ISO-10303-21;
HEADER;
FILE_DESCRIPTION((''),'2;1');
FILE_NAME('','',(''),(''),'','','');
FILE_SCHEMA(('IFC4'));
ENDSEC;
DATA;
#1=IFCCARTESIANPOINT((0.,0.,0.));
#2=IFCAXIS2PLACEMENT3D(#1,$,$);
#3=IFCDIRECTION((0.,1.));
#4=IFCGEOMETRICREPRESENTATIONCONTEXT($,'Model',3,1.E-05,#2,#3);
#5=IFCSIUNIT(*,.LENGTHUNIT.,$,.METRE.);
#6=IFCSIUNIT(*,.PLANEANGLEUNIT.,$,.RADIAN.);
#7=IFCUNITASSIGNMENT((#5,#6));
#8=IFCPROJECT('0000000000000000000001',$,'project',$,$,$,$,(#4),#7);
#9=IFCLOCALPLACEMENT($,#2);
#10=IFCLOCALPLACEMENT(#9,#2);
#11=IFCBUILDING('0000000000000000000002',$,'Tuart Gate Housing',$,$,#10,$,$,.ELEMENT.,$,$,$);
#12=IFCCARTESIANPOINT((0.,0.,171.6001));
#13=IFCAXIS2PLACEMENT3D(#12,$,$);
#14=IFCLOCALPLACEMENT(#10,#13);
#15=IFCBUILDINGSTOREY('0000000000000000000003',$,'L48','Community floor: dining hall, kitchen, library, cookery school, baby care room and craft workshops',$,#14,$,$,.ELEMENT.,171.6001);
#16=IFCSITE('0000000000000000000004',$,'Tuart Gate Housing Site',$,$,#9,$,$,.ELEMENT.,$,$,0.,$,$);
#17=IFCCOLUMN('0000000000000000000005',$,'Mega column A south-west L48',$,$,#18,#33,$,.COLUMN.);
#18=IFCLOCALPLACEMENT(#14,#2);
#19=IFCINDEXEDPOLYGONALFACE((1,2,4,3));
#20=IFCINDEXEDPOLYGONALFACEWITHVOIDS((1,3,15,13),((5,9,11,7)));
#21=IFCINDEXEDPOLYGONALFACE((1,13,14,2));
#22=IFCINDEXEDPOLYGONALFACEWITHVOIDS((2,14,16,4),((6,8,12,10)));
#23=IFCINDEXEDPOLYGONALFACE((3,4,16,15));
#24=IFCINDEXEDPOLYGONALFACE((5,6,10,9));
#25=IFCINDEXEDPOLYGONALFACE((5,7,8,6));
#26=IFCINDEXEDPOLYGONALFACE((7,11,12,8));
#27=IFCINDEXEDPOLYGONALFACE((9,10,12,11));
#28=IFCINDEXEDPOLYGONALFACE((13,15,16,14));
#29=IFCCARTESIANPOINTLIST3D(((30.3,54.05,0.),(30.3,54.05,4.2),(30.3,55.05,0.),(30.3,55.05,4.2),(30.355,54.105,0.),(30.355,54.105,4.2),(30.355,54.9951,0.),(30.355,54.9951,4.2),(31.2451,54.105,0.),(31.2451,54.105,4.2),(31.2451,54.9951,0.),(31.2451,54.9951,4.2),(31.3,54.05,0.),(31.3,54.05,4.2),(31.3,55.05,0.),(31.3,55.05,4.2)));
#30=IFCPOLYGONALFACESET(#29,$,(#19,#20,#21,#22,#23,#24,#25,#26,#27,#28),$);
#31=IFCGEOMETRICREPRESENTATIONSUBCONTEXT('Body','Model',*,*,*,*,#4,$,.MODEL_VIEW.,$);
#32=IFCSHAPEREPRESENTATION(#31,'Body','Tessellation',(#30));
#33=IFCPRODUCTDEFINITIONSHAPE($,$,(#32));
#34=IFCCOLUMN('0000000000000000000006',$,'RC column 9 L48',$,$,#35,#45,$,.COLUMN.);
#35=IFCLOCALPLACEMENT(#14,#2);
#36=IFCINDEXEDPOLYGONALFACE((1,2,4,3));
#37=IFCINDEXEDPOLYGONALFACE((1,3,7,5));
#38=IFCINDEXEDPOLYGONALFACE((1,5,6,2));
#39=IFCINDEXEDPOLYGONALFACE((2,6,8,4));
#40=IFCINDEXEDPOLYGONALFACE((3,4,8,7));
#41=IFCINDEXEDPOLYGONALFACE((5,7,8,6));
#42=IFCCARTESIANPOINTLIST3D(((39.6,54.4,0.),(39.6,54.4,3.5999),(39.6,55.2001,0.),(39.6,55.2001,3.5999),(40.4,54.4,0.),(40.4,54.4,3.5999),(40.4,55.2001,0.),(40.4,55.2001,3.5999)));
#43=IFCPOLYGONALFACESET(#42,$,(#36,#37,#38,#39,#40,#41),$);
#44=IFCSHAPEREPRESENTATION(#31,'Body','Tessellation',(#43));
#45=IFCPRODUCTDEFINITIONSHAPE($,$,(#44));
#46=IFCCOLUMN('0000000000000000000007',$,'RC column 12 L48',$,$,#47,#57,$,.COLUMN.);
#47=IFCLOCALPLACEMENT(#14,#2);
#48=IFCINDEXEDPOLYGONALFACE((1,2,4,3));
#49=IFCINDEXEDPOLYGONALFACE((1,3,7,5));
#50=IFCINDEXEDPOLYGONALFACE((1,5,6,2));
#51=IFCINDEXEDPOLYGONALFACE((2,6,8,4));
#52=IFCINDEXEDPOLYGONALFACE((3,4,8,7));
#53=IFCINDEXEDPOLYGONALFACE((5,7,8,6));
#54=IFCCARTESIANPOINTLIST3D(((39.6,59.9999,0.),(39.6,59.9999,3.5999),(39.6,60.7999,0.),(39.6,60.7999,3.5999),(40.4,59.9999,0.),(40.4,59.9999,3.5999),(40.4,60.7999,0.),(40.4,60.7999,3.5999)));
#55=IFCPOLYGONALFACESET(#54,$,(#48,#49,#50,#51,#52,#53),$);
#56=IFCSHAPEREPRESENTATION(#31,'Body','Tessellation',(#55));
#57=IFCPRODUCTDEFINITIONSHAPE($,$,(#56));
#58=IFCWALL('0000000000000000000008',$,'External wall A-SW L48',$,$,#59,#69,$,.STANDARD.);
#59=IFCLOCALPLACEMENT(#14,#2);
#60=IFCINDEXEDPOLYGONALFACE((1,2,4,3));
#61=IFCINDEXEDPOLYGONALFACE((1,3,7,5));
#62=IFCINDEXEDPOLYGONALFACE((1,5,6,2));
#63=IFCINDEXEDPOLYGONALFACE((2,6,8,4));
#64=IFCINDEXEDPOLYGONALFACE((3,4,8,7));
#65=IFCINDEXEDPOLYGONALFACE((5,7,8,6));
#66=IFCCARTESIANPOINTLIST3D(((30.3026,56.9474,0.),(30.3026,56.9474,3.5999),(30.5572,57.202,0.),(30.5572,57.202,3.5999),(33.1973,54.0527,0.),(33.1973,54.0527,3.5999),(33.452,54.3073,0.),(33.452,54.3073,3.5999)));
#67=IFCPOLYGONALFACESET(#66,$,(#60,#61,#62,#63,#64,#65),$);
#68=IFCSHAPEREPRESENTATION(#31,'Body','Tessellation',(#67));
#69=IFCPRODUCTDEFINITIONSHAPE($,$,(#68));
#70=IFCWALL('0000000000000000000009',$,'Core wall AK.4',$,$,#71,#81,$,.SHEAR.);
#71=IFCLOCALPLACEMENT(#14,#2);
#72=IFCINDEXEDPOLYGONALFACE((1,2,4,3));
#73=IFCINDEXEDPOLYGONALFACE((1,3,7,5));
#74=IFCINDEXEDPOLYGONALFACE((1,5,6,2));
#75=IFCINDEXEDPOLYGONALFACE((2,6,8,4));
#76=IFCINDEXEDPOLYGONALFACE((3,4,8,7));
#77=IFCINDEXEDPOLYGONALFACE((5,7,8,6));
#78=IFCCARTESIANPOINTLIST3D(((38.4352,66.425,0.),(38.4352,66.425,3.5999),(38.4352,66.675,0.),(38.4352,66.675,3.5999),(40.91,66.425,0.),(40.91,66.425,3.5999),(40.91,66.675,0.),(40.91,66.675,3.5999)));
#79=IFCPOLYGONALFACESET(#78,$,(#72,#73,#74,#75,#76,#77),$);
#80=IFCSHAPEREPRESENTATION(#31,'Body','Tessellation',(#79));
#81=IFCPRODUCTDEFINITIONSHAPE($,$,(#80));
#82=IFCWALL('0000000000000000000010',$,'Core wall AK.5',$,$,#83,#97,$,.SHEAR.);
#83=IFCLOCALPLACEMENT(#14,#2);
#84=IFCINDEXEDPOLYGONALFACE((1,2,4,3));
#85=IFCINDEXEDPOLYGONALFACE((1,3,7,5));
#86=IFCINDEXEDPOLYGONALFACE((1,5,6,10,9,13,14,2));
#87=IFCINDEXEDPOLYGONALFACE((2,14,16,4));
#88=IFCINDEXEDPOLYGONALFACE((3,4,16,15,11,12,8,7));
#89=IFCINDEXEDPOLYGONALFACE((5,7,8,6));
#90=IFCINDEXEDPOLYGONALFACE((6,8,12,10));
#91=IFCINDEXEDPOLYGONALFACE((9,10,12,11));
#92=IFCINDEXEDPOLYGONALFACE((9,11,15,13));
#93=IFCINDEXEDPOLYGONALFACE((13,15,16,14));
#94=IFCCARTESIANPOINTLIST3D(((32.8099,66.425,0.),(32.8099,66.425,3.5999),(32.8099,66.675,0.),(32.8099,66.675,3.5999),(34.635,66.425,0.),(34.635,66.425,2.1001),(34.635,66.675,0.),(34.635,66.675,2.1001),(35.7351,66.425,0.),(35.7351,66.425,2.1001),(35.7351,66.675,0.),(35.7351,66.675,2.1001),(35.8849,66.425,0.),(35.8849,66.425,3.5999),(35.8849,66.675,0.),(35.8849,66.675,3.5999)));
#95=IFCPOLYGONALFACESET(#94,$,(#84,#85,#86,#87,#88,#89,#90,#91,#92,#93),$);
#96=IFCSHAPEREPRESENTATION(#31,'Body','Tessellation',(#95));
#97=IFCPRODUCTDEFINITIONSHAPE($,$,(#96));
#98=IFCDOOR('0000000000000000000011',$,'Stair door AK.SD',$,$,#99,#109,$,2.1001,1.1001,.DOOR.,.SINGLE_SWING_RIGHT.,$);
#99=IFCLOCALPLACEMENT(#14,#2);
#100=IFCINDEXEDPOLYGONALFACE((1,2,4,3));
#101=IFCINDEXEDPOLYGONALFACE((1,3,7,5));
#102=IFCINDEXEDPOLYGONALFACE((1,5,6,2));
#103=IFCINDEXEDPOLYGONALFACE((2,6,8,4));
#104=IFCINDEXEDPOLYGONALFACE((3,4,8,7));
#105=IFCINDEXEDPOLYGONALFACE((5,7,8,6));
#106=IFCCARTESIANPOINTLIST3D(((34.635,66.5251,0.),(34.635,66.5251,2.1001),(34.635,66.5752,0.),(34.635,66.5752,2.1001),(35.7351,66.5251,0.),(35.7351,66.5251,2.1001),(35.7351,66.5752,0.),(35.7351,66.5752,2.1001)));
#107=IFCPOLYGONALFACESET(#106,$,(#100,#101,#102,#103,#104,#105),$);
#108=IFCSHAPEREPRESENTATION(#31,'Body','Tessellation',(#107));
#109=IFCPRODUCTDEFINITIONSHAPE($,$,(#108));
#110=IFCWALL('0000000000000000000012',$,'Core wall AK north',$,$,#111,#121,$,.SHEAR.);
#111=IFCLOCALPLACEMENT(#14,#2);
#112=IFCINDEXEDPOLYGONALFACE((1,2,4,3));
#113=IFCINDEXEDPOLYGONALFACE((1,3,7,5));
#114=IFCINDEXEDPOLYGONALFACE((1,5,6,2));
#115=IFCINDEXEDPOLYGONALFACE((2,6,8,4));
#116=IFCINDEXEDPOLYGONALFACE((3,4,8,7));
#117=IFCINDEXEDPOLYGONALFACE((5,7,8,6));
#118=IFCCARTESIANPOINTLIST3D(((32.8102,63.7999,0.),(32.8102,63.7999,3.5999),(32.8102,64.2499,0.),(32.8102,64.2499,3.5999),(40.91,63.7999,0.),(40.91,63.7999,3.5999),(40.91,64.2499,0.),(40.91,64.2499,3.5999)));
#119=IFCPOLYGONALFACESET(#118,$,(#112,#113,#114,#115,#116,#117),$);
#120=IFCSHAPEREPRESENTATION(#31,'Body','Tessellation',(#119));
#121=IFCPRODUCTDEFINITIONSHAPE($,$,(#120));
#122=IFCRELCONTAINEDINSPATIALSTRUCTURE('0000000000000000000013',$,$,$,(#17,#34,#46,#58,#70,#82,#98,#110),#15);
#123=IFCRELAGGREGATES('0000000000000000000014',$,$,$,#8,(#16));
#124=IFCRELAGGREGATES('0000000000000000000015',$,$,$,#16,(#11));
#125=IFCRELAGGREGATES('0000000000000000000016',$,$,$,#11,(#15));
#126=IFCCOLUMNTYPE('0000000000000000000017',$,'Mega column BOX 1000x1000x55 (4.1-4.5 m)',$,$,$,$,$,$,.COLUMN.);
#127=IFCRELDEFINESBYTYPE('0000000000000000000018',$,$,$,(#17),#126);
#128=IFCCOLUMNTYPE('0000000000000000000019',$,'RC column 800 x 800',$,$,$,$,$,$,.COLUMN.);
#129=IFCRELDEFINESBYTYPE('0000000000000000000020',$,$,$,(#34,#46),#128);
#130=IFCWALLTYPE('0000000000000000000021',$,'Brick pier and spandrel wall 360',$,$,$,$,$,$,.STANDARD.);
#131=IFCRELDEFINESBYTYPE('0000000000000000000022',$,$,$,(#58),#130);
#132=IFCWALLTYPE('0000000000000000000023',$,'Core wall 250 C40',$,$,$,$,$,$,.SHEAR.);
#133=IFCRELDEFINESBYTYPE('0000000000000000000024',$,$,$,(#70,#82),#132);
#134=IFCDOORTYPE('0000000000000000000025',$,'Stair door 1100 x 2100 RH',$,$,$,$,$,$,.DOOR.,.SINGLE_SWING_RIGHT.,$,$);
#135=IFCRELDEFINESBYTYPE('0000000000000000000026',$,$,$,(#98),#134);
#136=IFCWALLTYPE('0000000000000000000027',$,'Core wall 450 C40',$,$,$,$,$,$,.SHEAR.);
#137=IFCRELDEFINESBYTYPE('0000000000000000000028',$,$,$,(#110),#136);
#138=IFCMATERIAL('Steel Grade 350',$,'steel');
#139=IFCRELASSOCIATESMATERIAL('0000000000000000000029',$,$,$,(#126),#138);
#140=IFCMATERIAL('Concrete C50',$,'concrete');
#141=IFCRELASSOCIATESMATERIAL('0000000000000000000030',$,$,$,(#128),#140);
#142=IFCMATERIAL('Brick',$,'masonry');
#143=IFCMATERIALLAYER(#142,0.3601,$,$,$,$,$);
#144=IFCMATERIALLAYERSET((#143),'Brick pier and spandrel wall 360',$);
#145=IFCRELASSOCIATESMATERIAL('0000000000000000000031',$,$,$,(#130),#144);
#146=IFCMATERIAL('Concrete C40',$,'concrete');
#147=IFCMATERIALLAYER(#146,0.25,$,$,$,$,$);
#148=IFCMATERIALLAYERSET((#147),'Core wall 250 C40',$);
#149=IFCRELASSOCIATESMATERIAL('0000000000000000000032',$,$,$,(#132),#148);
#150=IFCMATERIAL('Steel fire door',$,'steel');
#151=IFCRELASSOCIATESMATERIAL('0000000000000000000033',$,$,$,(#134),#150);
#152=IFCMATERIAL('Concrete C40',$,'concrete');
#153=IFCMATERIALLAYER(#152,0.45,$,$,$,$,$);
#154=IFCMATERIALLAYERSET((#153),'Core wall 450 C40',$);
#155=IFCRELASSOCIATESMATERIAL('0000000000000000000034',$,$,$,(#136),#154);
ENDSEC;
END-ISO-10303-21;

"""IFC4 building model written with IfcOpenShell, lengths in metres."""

from ifc_helpers import new_model, si_unit, direction, frame, frame_2d, origin, origin_2d, place, context, subcontext, project, spatial, rectangle, hollow_rectangle, extrude, material, layer, layer_set, material_profile, profile_set, type_object, element, fill, save


model = new_model("IFC4")

# Units and contexts
model_context = context("Model", 3, precision=1e-05, world=origin(), true_north=direction((0.0, 1.0)))
body_context = subcontext(model_context, "Body", "Model", "MODEL_VIEW")
ifc_project = project(units=[si_unit("LENGTHUNIT", "METRE"), si_unit("PLANEANGLEUNIT", "RADIAN")], contexts=[model_context])

# Site, building, storey
site_placement = place(None, origin())
site = spatial("IfcSite", under=ifc_project, at=site_placement, Name="Tuart Gate Housing Site", CompositionType="ELEMENT", RefElevation=0.0)
building_placement = place(site_placement, origin())
building = spatial("IfcBuilding", under=site, at=building_placement, Name="Tuart Gate Housing", CompositionType="ELEMENT")
storey_placement = place(building_placement, frame((0.0, 0.0, 171.6001)))
storey = spatial("IfcBuildingStorey", under=building, at=storey_placement, Name="L48", Description="Community floor: dining hall, kitchen, library, cookery school, baby care room and craft workshops", CompositionType="ELEMENT", Elevation=171.6001)

# Columns
ifc_material_1 = material(Name="Steel Grade 350", Category="steel")
ifc_material_profile_1 = material_profile(ifc_material_1, hollow_rectangle(XDim=1.0, YDim=1.0, WallThickness=0.0549, at=origin_2d()), Name="BOX 1000x1000x55")
ifc_profile_set_1 = profile_set([ifc_material_profile_1], Name="Steel Grade 350")
column_type_1 = type_object("IfcColumnType", Name="Mega column BOX 1000x1000x55 (4.1-4.5 m)", PredefinedType="COLUMN", material=ifc_profile_set_1)
column_placement = place(storey_placement, frame((30.8, 54.55, 0.0), z_axis=(0.0, 0.0, 1.0), x_axis=(1.0, 0.0, 0.0)))
element("IfcColumn", 1, at=column_placement, inside=storey, type_object=column_type_1, Name="Mega column A south-west L48", PredefinedType="COLUMN", context=body_context, shape_type="SweptSolid", body=[
    extrude(hollow_rectangle(XDim=1.0, YDim=1.0, WallThickness=0.0549, at=origin_2d()), origin(), (0.0, 0.0, 1.0), 4.2),
])
ifc_material_2 = material(Name="Concrete C50", Category="concrete")
ifc_material_profile_2 = material_profile(ifc_material_2, rectangle(XDim=0.8, YDim=0.8, at=origin_2d()), Name="RC column 800 x 800")
ifc_profile_set_2 = profile_set([ifc_material_profile_2], Name="Concrete C50")
column_type_2 = type_object("IfcColumnType", Name="RC column 800 x 800", PredefinedType="COLUMN", material=ifc_profile_set_2)
for number, where, z_axis, x_axis, name in (
    (2, (40.0, 54.8, 0.0), (0.0, 0.0, 1.0), (1.0, 0.0, 0.0), "RC column 9 L48"),
    (3, (40.0, 60.3999, 0.0), (0.0, 0.0, 1.0), (1.0, 0.0, 0.0), "RC column 12 L48"),
):
    element("IfcColumn", number, at=place(storey_placement, frame(where, z_axis=z_axis, x_axis=x_axis)), inside=storey, type_object=column_type_2, Name=name, PredefinedType="COLUMN", context=body_context, shape_type="SweptSolid", body=[
        extrude(rectangle(XDim=0.8, YDim=0.8, at=origin_2d()), origin(), (0.0, 0.0, 1.0), 3.5999),
    ])

# Walls
ifc_material_3 = material(Name="Brick", Category="masonry")
ifc_layer_1 = layer(ifc_material_3, 0.3601)
ifc_layer_set_1 = layer_set([ifc_layer_1], Name="Brick pier and spandrel wall 360")
wall_type_1 = type_object("IfcWallType", Name="Brick pier and spandrel wall 360", PredefinedType="STANDARD", material=ifc_layer_set_1)
wall_1_placement = place(storey_placement, frame((30.4299, 57.0747, 0.0), z_axis=(0.0, 0.0, 1.0), x_axis=(0.707107, -0.707107, 0.0)))
element("IfcWall", 4, at=wall_1_placement, inside=storey, type_object=wall_type_1, Name="External wall A-SW L48", PredefinedType="STANDARD", context=body_context, shape_type="SweptSolid", body=[
    extrude(rectangle(XDim=4.0938, YDim=0.3601, at=frame_2d((2.0469, 0.0))), origin(), (0.0, 0.0, 1.0), 3.5999),
])
ifc_material_4 = material(Name="Concrete C40", Category="concrete")
ifc_layer_2 = layer(ifc_material_4, 0.25)
ifc_layer_set_2 = layer_set([ifc_layer_2], Name="Core wall 250 C40")
wall_type_2 = type_object("IfcWallType", Name="Core wall 250 C40", PredefinedType="SHEAR", material=ifc_layer_set_2)
wall_2_placement = place(storey_placement, frame((40.9099, 66.55, 0.0), z_axis=(0.0, 0.0, 1.0), x_axis=(-1.0, 0.0, 0.0)))
element("IfcWall", 5, at=wall_2_placement, inside=storey, type_object=wall_type_2, Name="Core wall AK.4", PredefinedType="SHEAR", context=body_context, shape_type="SweptSolid", body=[
    extrude(rectangle(XDim=2.4749, YDim=0.25, at=frame_2d((1.2373, 0.0))), origin(), (0.0, 0.0, 1.0), 3.5999),
])

# Wall, opening, door
wall_3_placement = place(storey_placement, frame((35.885, 66.55, 0.0), z_axis=(0.0, 0.0, 1.0), x_axis=(-1.0, 0.0, 0.0)))
wall_3 = element("IfcWall", 6, at=wall_3_placement, inside=storey, type_object=wall_type_2, Name="Core wall AK.5", PredefinedType="SHEAR", context=body_context, shape_type="SweptSolid", body=[
    extrude(rectangle(XDim=3.075, YDim=0.25, at=frame_2d((1.5376, 0.0))), origin(), (0.0, 0.0, 1.0), 3.5999),
])
opening_1_placement = place(wall_3_placement, frame((0.1499, 0.0, 0.0)))
opening_1 = element("IfcOpeningElement", 7, at=opening_1_placement, cuts=wall_3, PredefinedType="OPENING", context=body_context, shape_type="SweptSolid", body=[
    extrude(rectangle(XDim=1.1001, YDim=2.1001, at=frame_2d((0.55, 1.05))), frame((0.0, 0.135, 0.0), z_axis=(0.0, -1.0, 0.0), x_axis=(1.0, 0.0, 0.0)), (0.0, 0.0, 1.0), 0.27),
])
ifc_material_5 = material(Name="Steel fire door", Category="steel")
door_type_1 = type_object("IfcDoorType", Name="Stair door 1100 x 2100 RH", OperationType="SINGLE_SWING_RIGHT", PredefinedType="DOOR", material=ifc_material_5)
door_1_placement = place(opening_1_placement, frame((1.1001, 0.0, 0.0), z_axis=(0.0, 0.0, 1.0), x_axis=(-1.0, 0.0, 0.0)))
door_1 = element("IfcDoor", 8, at=door_1_placement, inside=storey, type_object=door_type_1, Name="Stair door AK.SD", OperationType="SINGLE_SWING_RIGHT", OverallHeight=2.1001, OverallWidth=1.1001, PredefinedType="DOOR", context=body_context, shape_type="SweptSolid", body=[
    extrude(rectangle(XDim=1.1001, YDim=2.1001, at=frame_2d((0.55, 1.05))), frame((0.0, 0.0251, 0.0), z_axis=(0.0, -1.0, 0.0), x_axis=(1.0, 0.0, 0.0)), (0.0, 0.0, 1.0), 0.05),
])
fill(opening_1, door_1)

# Wall
ifc_material_6 = material(Name="Concrete C40", Category="concrete")
ifc_layer_3 = layer(ifc_material_6, 0.45)
ifc_layer_set_3 = layer_set([ifc_layer_3], Name="Core wall 450 C40")
wall_type_3 = type_object("IfcWallType", Name="Core wall 450 C40", PredefinedType="SHEAR", material=ifc_layer_set_3)
wall_4_placement = place(storey_placement, frame((40.9099, 64.0249, 0.0), z_axis=(0.0, 0.0, 1.0), x_axis=(-1.0, 0.0, 0.0)))
element("IfcWall", 9, at=wall_4_placement, inside=storey, type_object=wall_type_3, Name="Core wall AK north", PredefinedType="SHEAR", context=body_context, shape_type="SweptSolid", body=[
    extrude(rectangle(XDim=8.0999, YDim=0.45, at=frame_2d((4.0498, 0.0))), origin(), (0.0, 0.0, 1.0), 3.5999),
])

save(model, "model.ifc")
